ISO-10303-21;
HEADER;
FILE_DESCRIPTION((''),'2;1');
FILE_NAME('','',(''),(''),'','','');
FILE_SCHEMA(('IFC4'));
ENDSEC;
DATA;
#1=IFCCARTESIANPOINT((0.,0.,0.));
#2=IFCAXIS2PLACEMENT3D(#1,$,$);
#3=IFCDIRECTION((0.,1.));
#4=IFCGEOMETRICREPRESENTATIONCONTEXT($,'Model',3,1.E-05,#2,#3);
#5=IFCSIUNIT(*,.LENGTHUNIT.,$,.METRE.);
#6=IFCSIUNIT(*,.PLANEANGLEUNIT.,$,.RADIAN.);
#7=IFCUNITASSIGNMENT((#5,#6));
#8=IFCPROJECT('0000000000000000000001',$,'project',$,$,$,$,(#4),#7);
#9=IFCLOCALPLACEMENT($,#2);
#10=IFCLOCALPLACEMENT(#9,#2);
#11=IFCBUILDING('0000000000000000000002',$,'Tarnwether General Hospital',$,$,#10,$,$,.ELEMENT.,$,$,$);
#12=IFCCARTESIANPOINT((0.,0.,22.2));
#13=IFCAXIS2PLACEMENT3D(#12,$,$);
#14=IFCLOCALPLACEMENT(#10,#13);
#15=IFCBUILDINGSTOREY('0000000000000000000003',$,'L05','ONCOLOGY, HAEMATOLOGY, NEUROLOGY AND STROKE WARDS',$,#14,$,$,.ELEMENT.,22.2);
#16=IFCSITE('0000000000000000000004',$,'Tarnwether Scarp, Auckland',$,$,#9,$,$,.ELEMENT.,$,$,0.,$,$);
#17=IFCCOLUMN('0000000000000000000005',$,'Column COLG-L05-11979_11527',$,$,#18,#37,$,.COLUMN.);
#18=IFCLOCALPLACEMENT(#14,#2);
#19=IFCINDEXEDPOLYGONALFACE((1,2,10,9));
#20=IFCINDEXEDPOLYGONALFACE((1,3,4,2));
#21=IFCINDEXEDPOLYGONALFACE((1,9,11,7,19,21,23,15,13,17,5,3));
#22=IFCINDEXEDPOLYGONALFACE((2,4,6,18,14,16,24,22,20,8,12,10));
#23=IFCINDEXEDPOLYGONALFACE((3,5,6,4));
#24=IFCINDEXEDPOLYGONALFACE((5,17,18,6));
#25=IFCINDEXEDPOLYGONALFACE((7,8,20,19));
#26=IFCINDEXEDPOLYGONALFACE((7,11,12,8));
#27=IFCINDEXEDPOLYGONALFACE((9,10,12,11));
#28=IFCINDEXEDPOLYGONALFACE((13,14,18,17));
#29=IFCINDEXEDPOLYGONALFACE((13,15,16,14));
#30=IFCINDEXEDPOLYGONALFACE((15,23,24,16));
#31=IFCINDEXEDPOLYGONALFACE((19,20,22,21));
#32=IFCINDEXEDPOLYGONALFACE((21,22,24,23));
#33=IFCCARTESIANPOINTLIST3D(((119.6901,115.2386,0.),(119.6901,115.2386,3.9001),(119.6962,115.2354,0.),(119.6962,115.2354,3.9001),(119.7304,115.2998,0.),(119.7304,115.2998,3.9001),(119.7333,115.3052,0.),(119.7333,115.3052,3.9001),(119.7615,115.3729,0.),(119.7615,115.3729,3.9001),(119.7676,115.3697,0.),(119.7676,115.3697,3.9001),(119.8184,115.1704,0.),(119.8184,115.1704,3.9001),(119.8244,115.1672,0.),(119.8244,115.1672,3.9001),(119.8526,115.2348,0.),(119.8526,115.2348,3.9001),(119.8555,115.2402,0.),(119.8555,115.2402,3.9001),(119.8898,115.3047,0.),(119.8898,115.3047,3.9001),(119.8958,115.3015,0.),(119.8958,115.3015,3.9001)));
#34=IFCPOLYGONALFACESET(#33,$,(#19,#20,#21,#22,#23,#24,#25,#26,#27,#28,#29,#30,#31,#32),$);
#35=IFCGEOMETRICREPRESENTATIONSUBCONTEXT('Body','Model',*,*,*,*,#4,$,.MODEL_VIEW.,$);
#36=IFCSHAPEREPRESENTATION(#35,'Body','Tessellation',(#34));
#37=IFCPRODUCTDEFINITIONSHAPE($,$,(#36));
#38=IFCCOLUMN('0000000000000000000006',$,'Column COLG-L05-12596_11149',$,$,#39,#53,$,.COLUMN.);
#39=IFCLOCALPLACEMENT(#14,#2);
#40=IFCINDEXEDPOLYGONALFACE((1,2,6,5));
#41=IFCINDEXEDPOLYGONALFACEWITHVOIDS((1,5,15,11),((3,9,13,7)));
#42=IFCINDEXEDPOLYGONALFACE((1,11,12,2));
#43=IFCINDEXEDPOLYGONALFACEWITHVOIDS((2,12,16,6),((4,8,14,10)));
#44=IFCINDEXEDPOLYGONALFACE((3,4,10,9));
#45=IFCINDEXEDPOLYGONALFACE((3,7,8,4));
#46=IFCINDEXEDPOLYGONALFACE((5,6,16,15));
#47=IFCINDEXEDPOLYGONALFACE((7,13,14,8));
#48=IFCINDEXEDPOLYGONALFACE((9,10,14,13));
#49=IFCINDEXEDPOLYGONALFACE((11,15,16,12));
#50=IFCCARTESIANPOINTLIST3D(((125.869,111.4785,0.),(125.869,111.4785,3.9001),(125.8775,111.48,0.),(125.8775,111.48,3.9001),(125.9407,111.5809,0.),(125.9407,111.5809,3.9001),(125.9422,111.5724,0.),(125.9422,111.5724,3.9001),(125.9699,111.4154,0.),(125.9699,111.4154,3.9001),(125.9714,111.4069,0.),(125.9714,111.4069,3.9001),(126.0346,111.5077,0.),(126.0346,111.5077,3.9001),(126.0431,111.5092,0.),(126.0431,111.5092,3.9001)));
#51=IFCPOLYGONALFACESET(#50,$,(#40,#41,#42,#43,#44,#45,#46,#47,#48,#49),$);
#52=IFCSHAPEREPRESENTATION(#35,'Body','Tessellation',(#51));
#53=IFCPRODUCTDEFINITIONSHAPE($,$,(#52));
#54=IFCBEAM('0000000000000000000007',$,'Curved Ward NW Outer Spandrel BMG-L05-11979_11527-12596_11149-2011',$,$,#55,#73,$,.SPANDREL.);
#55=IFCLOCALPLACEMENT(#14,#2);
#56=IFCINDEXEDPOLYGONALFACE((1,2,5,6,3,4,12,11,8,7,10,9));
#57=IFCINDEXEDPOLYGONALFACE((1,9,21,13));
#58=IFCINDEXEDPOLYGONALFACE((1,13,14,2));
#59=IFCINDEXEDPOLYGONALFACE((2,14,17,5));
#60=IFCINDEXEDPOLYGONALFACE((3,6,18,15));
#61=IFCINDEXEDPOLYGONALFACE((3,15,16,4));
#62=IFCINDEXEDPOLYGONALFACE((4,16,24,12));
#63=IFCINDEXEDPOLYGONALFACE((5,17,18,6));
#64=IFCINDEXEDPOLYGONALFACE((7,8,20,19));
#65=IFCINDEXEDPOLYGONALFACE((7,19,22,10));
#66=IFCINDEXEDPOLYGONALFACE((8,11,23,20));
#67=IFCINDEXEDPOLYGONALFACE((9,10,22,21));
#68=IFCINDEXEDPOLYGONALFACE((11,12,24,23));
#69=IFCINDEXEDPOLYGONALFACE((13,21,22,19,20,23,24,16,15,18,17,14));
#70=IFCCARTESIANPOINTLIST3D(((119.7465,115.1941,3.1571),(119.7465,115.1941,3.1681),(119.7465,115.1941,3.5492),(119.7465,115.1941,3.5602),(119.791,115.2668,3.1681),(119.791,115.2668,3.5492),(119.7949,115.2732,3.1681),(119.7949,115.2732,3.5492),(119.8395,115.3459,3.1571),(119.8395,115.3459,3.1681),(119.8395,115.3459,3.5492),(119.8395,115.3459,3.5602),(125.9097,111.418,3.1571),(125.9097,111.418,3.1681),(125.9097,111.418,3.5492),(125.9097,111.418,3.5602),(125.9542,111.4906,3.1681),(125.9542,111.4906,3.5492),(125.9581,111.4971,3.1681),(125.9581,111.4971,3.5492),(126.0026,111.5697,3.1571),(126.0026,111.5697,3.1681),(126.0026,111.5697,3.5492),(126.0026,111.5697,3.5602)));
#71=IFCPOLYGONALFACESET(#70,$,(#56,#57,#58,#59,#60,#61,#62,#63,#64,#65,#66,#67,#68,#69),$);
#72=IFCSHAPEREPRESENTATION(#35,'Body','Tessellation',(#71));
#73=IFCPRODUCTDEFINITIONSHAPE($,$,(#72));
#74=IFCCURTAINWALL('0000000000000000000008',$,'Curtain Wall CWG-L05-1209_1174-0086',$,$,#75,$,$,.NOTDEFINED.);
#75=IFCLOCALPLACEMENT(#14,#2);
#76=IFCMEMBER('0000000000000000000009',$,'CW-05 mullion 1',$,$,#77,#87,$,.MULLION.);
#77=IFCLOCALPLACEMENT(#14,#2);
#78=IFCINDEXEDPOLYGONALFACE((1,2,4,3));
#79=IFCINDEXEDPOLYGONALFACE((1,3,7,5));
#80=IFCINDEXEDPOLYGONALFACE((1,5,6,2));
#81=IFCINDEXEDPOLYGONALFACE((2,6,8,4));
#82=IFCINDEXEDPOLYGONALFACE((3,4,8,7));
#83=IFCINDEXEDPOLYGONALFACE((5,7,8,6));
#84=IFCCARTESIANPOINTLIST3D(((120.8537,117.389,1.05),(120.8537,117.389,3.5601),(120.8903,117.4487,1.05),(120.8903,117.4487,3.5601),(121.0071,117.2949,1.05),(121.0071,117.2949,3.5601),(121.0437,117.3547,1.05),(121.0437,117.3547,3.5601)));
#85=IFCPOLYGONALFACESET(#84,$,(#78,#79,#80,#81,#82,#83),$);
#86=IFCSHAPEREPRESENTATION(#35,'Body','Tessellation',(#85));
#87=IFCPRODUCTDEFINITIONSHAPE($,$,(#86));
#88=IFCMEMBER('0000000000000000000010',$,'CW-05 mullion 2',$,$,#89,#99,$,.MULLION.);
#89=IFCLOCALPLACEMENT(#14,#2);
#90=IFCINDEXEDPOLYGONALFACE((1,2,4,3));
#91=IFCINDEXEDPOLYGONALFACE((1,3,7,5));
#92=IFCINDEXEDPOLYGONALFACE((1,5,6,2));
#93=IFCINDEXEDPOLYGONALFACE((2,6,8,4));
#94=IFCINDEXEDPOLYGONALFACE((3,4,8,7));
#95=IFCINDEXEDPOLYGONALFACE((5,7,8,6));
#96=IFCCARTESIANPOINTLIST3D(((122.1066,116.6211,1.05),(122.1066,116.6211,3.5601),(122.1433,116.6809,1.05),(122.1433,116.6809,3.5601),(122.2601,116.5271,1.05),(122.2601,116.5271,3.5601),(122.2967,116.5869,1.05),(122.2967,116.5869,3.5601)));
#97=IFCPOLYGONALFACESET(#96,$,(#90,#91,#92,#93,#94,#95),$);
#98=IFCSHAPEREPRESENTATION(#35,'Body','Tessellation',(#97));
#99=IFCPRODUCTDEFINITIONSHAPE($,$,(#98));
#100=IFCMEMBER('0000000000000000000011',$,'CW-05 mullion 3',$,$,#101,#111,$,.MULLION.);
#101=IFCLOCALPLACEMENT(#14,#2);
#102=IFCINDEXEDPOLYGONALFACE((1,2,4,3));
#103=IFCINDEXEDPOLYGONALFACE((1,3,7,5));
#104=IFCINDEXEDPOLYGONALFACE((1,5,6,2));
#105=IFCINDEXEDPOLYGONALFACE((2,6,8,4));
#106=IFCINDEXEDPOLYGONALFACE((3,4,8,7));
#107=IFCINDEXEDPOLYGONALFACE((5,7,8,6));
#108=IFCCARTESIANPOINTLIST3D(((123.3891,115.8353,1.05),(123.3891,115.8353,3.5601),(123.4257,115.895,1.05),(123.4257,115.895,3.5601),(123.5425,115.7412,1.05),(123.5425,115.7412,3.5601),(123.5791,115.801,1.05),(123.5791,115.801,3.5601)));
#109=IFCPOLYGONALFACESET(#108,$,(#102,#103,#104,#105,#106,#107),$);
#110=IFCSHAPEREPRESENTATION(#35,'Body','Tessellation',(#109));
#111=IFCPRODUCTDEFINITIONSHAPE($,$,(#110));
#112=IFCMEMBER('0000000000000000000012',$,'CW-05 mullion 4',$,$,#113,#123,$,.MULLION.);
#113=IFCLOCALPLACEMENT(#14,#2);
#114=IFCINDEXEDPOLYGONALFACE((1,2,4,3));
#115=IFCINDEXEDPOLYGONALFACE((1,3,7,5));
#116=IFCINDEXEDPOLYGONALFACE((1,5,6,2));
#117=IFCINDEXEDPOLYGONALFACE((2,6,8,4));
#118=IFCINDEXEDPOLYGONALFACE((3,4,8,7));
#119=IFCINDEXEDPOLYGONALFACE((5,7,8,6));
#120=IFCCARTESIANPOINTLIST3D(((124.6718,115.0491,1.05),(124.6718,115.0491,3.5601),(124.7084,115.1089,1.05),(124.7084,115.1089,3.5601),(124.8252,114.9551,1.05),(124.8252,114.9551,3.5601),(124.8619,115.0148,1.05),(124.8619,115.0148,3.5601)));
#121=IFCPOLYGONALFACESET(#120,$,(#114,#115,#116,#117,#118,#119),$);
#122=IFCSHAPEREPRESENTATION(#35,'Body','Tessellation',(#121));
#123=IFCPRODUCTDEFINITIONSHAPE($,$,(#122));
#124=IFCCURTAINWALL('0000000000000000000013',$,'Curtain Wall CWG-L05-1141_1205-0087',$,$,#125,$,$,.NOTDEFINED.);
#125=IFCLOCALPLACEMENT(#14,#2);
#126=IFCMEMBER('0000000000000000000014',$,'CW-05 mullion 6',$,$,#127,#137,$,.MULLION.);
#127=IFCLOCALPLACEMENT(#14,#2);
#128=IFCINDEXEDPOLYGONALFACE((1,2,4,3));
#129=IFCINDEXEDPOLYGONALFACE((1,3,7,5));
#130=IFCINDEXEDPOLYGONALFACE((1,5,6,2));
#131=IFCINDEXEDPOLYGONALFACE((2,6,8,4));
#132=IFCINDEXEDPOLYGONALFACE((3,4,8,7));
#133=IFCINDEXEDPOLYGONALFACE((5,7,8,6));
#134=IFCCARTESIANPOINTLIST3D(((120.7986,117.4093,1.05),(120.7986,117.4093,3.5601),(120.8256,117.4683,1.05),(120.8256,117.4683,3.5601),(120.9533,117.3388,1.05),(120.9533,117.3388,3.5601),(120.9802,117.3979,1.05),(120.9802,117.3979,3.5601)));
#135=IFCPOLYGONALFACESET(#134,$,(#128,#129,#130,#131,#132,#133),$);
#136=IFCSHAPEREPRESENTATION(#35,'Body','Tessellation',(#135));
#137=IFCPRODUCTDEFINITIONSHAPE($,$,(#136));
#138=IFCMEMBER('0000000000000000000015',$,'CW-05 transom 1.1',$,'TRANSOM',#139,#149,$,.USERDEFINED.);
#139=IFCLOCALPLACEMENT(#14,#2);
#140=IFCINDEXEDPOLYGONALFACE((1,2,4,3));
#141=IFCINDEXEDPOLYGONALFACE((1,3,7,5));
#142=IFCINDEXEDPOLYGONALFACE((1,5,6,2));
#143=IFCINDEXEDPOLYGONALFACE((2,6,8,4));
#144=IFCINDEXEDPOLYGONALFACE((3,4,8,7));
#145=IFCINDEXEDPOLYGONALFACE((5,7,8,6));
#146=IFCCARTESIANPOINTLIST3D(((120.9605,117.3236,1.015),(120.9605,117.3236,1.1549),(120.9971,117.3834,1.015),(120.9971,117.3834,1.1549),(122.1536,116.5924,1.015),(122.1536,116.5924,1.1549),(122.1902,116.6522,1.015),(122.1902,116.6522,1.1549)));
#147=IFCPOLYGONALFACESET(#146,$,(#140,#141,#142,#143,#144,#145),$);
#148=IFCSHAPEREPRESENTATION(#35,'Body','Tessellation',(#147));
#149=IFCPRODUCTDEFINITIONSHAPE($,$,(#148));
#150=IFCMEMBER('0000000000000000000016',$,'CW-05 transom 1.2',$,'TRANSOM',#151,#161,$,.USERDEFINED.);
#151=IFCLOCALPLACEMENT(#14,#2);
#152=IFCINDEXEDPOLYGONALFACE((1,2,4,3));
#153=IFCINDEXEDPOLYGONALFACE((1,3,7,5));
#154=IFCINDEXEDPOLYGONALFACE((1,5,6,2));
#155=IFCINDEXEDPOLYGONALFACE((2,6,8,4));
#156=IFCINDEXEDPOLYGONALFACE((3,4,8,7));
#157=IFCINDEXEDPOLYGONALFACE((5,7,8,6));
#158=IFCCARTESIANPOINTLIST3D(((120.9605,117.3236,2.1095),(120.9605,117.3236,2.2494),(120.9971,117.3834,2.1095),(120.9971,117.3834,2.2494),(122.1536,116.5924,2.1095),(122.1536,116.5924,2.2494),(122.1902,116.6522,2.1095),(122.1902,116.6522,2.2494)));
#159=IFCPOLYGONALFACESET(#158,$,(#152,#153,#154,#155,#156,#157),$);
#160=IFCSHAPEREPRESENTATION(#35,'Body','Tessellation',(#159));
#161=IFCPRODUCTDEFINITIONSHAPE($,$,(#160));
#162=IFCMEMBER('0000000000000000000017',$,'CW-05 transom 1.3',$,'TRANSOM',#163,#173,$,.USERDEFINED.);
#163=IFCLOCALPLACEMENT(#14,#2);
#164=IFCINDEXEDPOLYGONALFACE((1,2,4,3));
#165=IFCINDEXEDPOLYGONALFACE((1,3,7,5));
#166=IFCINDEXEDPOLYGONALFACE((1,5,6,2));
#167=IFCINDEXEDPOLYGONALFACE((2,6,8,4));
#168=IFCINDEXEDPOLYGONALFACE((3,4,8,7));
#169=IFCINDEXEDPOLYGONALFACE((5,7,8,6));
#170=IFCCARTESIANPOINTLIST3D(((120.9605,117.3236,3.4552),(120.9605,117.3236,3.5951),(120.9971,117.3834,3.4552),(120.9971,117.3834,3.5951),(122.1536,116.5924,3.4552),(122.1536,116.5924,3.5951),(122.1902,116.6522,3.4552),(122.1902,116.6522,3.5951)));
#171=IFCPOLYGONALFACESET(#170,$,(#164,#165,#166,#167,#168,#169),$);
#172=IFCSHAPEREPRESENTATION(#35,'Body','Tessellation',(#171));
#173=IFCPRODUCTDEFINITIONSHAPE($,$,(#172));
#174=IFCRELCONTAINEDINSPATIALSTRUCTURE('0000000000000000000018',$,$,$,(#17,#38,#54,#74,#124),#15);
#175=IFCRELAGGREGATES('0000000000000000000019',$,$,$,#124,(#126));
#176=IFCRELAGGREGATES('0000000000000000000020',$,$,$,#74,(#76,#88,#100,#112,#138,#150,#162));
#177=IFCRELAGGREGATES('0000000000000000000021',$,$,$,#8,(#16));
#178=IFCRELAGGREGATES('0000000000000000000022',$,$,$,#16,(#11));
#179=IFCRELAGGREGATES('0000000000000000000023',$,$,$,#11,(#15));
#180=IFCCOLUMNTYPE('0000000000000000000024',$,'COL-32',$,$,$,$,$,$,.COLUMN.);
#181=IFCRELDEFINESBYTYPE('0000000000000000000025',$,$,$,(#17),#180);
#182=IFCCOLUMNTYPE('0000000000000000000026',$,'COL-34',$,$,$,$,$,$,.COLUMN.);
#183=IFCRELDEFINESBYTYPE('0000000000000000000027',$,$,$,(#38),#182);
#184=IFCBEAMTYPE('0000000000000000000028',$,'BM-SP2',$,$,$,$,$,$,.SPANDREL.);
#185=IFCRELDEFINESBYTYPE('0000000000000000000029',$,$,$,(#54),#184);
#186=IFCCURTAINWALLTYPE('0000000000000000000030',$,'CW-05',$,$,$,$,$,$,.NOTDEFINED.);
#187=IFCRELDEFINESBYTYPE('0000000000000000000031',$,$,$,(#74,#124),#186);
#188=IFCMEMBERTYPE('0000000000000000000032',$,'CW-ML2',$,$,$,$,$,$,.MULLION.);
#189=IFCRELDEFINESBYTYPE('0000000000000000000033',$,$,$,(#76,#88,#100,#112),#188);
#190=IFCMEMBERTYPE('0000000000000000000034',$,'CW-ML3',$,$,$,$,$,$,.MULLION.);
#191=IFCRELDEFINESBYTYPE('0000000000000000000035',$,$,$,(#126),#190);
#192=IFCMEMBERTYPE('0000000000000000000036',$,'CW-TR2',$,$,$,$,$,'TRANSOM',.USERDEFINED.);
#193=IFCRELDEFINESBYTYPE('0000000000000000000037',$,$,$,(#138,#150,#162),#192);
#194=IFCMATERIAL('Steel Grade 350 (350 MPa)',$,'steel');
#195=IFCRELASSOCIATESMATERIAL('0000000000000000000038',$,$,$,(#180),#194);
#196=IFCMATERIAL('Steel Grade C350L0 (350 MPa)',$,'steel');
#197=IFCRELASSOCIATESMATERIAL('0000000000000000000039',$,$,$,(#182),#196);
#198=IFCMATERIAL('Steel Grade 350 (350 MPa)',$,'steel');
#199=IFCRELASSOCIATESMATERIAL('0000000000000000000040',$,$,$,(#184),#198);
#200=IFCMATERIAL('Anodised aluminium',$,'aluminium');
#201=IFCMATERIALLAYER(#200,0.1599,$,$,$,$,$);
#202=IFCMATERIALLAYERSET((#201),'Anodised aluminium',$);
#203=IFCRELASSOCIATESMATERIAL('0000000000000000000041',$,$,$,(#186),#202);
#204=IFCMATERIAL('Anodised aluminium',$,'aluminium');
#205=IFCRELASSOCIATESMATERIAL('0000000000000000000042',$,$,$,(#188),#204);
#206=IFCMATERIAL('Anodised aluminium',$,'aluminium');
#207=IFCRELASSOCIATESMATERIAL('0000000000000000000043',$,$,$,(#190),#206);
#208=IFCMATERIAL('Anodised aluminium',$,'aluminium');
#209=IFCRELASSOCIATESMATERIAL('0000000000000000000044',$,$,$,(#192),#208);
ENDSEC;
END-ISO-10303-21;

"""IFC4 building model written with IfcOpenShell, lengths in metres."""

from ifc_helpers import new_model, si_unit, direction, frame, origin, origin_2d, place, context, subcontext, project, spatial, rectangle, hollow_rectangle, i_section, extrude, material, layer, layer_set, material_profile, profile_set, type_object, element, aggregate, save


model = new_model("IFC4")

# Units and contexts
model_context = context("Model", 3, precision=1e-05, world=origin(), true_north=direction((0.0, 1.0)))
body_context = subcontext(model_context, "Body", "Model", "MODEL_VIEW")
ifc_project = project(units=[si_unit("LENGTHUNIT", "METRE"), si_unit("PLANEANGLEUNIT", "RADIAN")], contexts=[model_context])

# Site, building, storey
site_placement = place(None, origin())
site = spatial("IfcSite", under=ifc_project, at=site_placement, Name="Tarnwether Scarp, Auckland", CompositionType="ELEMENT", RefElevation=0.0)
building_placement = place(site_placement, origin())
building = spatial("IfcBuilding", under=site, at=building_placement, Name="Tarnwether General Hospital", CompositionType="ELEMENT")
storey_placement = place(building_placement, frame((0.0, 0.0, 22.2)))
storey = spatial("IfcBuildingStorey", under=building, at=storey_placement, Name="L05", Description="ONCOLOGY, HAEMATOLOGY, NEUROLOGY AND STROKE WARDS", CompositionType="ELEMENT", Elevation=22.2)

# Columns
ifc_material_1 = material(Name="Steel Grade 350 (350 MPa)", Category="steel")
ifc_material_profile_1 = material_profile(ifc_material_1, i_section(OverallWidth=0.1521, OverallDepth=0.1521, WebThickness=0.0061, FlangeThickness=0.0068, at=origin_2d()), Name="150UC23.4")
ifc_profile_set_1 = profile_set([ifc_material_profile_1], Name="Steel Grade 350 (350 MPa)")
column_type_1 = type_object("IfcColumnType", Name="COL-32", PredefinedType="COLUMN", material=ifc_profile_set_1)
column_1_placement = place(storey_placement, frame((119.793, 115.27, 0.0), z_axis=(0.0, 0.0, 1.0), x_axis=(0.469472, 0.882948, 0.0)))
element("IfcColumn", 1, at=column_1_placement, inside=storey, type_object=column_type_1, Name="Column COLG-L05-11979_11527", PredefinedType="COLUMN", context=body_context, shape_type="SweptSolid", body=[
    extrude(i_section(OverallWidth=0.1521, OverallDepth=0.1521, WebThickness=0.0061, FlangeThickness=0.0068, at=origin_2d()), origin(), (0.0, 0.0, 1.0), 3.9001),
])
ifc_material_2 = material(Name="Steel Grade C350L0 (350 MPa)", Category="steel")
ifc_material_profile_2 = material_profile(ifc_material_2, hollow_rectangle(XDim=0.125, YDim=0.125, WallThickness=0.0061, at=origin_2d()), Name="SHS125x125x6")
ifc_profile_set_2 = profile_set([ifc_material_profile_2], Name="Steel Grade C350L0 (350 MPa)")
column_type_2 = type_object("IfcColumnType", Name="COL-34", PredefinedType="COLUMN", material=ifc_profile_set_2)
column_2_placement = place(storey_placement, frame((125.9561, 111.4939, 0.0), z_axis=(0.0, 0.0, 1.0), x_axis=(0.573576, 0.819152, 0.0)))
element("IfcColumn", 2, at=column_2_placement, inside=storey, type_object=column_type_2, Name="Column COLG-L05-12596_11149", PredefinedType="COLUMN", context=body_context, shape_type="SweptSolid", body=[
    extrude(hollow_rectangle(XDim=0.125, YDim=0.125, WallThickness=0.0061, at=origin_2d()), origin(), (0.0, 0.0, 1.0), 3.9001),
])

# Beam
ifc_material_3 = material(Name="Steel Grade 350 (350 MPa)", Category="steel")
ifc_material_profile_3 = material_profile(ifc_material_3, i_section(OverallWidth=0.178, OverallDepth=0.4031, WebThickness=0.0076, FlangeThickness=0.011, at=origin_2d()), Name="410UB53.7")
ifc_profile_set_3 = profile_set([ifc_material_profile_3], Name="Steel Grade 350 (350 MPa)")
beam_type = type_object("IfcBeamType", Name="BM-SP2", PredefinedType="SPANDREL", material=ifc_profile_set_3)
beam_placement = place(storey_placement, frame((119.793, 115.27, 3.3586), z_axis=(0.852678, -0.522436, 0.0), x_axis=(0.522436, 0.852678, 0.0)))
element("IfcBeam", 3, at=beam_placement, inside=storey, type_object=beam_type, Name="Curved Ward NW Outer Spandrel BMG-L05-11979_11527-12596_11149-2011", PredefinedType="SPANDREL", context=body_context, shape_type="SweptSolid", body=[
    extrude(i_section(OverallWidth=0.178, OverallDepth=0.4031, WebThickness=0.0076, FlangeThickness=0.011, at=origin_2d()), origin(), (0.0, 0.0, 1.0), 7.228),
])

# Curtain wall, members
ifc_material_4 = material(Name="Anodised aluminium", Category="aluminium")
ifc_layer_1 = layer(ifc_material_4, 0.1599)
ifc_layer_set_1 = layer_set([ifc_layer_1], Name="Anodised aluminium")
curtain_wall_type = type_object("IfcCurtainWallType", Name="CW-05", PredefinedType="NOTDEFINED", material=ifc_layer_set_1)
curtain_wall_1_placement = place(storey_placement, origin())
curtain_wall_1 = element("IfcCurtainWall", 4, at=curtain_wall_1_placement, inside=storey, type_object=curtain_wall_type, Name="Curtain Wall CWG-L05-1209_1174-0086", PredefinedType="NOTDEFINED")
ifc_material_5 = material(Name="Anodised aluminium", Category="aluminium")
ifc_material_profile_4 = material_profile(ifc_material_5, rectangle(XDim=0.0701, YDim=0.1799, at=origin_2d()), Name="ALU-MUL-70x180")
ifc_profile_set_4 = profile_set([ifc_material_profile_4], Name="Anodised aluminium")
member_type_1 = type_object("IfcMemberType", Name="CW-ML2", PredefinedType="MULLION", material=ifc_profile_set_4)
member_1_placement = place(storey_placement, frame((120.9487, 117.3718, 1.05), z_axis=(0.0, 0.0, 1.0), x_axis=(0.522509, 0.852634, 0.0)))
member_1 = element("IfcMember", 5, at=member_1_placement, type_object=member_type_1, Name="CW-05 mullion 1", PredefinedType="MULLION", context=body_context, shape_type="SweptSolid", body=[
    extrude(rectangle(XDim=0.0701, YDim=0.1799, at=origin_2d()), origin(), (0.0, 0.0, 1.0), 2.51),
])
member_2_placement = place(storey_placement, frame((122.2017, 116.604, 1.05), z_axis=(0.0, 0.0, 1.0), x_axis=(0.522509, 0.852634, 0.0)))
member_2 = element("IfcMember", 6, at=member_2_placement, type_object=member_type_1, Name="CW-05 mullion 2", PredefinedType="MULLION", context=body_context, shape_type="SweptSolid", body=[
    extrude(rectangle(XDim=0.0701, YDim=0.1799, at=origin_2d()), origin(), (0.0, 0.0, 1.0), 2.51),
])
member_3_placement = place(storey_placement, frame((123.4841, 115.8181, 1.05), z_axis=(0.0, 0.0, 1.0), x_axis=(0.522509, 0.852634, 0.0)))
member_3 = element("IfcMember", 7, at=member_3_placement, type_object=member_type_1, Name="CW-05 mullion 3", PredefinedType="MULLION", context=body_context, shape_type="SweptSolid", body=[
    extrude(rectangle(XDim=0.0701, YDim=0.1799, at=origin_2d()), origin(), (0.0, 0.0, 1.0), 2.51),
])
member_4_placement = place(storey_placement, frame((124.7668, 115.032, 1.05), z_axis=(0.0, 0.0, 1.0), x_axis=(0.522509, 0.852634, 0.0)))
member_4 = element("IfcMember", 8, at=member_4_placement, type_object=member_type_1, Name="CW-05 mullion 4", PredefinedType="MULLION", context=body_context, shape_type="SweptSolid", body=[
    extrude(rectangle(XDim=0.0701, YDim=0.1799, at=origin_2d()), origin(), (0.0, 0.0, 1.0), 2.51),
])

# Curtain wall, member
curtain_wall_2_placement = place(storey_placement, origin())
curtain_wall_2 = element("IfcCurtainWall", 9, at=curtain_wall_2_placement, inside=storey, type_object=curtain_wall_type, Name="Curtain Wall CWG-L05-1141_1205-0087", PredefinedType="NOTDEFINED")
ifc_material_6 = material(Name="Anodised aluminium", Category="aluminium")
ifc_material_profile_5 = material_profile(ifc_material_6, rectangle(XDim=0.0649, YDim=0.1699, at=origin_2d()), Name="ALU-MUL-65x170")
ifc_profile_set_5 = profile_set([ifc_material_profile_5], Name="Anodised aluminium")
member_type_2 = type_object("IfcMemberType", Name="CW-ML3", PredefinedType="MULLION", material=ifc_profile_set_5)
member_5_placement = place(storey_placement, frame((120.8894, 117.4036, 1.05), z_axis=(0.0, 0.0, 1.0), x_axis=(0.414694, 0.909961, 0.0)))
member_5 = element("IfcMember", 10, at=member_5_placement, type_object=member_type_2, Name="CW-05 mullion 6", PredefinedType="MULLION", context=body_context, shape_type="SweptSolid", body=[
    extrude(rectangle(XDim=0.0649, YDim=0.1699, at=origin_2d()), origin(), (0.0, 0.0, 1.0), 2.51),
])

# Members
ifc_material_7 = material(Name="Anodised aluminium", Category="aluminium")
ifc_material_profile_6 = material_profile(ifc_material_7, rectangle(XDim=0.0701, YDim=0.1399, at=origin_2d()), Name="ALU-TRN-70x140")
ifc_profile_set_6 = profile_set([ifc_material_profile_6], Name="Anodised aluminium")
member_type_3 = type_object("IfcMemberType", Name="CW-TR2", ElementType="TRANSOM", PredefinedType="USERDEFINED", material=ifc_profile_set_6)
member_6_placement = place(storey_placement, frame((120.9788, 117.3535, 1.085), z_axis=(0.852621, -0.522529, 0.0), x_axis=(0.522529, 0.852621, 0.0)))
member_6 = element("IfcMember", 11, at=member_6_placement, type_object=member_type_3, Name="CW-05 transom 1.1", ObjectType="TRANSOM", PredefinedType="USERDEFINED", context=body_context, shape_type="SweptSolid", body=[
    extrude(rectangle(XDim=0.0701, YDim=0.1399, at=origin_2d()), origin(), (0.0, 0.0, 1.0), 1.3994),
])
member_7_placement = place(storey_placement, frame((120.9788, 117.3535, 2.1794), z_axis=(0.852621, -0.522529, 0.0), x_axis=(0.522529, 0.852621, 0.0)))
member_7 = element("IfcMember", 12, at=member_7_placement, type_object=member_type_3, Name="CW-05 transom 1.2", ObjectType="TRANSOM", PredefinedType="USERDEFINED", context=body_context, shape_type="SweptSolid", body=[
    extrude(rectangle(XDim=0.0701, YDim=0.1399, at=origin_2d()), origin(), (0.0, 0.0, 1.0), 1.3994),
])
member_8_placement = place(storey_placement, frame((120.9788, 117.3535, 3.5251), z_axis=(0.852621, -0.522529, 0.0), x_axis=(0.522529, 0.852621, 0.0)))
member_8 = element("IfcMember", 13, at=member_8_placement, type_object=member_type_3, Name="CW-05 transom 1.3", ObjectType="TRANSOM", PredefinedType="USERDEFINED", context=body_context, shape_type="SweptSolid", body=[
    extrude(rectangle(XDim=0.0701, YDim=0.1399, at=origin_2d()), origin(), (0.0, 0.0, 1.0), 1.3994),
])

aggregate(curtain_wall_2, [member_5])
aggregate(curtain_wall_1, [member_1, member_2, member_3, member_4, member_6, member_7, member_8])

save(model, "model.ifc")
